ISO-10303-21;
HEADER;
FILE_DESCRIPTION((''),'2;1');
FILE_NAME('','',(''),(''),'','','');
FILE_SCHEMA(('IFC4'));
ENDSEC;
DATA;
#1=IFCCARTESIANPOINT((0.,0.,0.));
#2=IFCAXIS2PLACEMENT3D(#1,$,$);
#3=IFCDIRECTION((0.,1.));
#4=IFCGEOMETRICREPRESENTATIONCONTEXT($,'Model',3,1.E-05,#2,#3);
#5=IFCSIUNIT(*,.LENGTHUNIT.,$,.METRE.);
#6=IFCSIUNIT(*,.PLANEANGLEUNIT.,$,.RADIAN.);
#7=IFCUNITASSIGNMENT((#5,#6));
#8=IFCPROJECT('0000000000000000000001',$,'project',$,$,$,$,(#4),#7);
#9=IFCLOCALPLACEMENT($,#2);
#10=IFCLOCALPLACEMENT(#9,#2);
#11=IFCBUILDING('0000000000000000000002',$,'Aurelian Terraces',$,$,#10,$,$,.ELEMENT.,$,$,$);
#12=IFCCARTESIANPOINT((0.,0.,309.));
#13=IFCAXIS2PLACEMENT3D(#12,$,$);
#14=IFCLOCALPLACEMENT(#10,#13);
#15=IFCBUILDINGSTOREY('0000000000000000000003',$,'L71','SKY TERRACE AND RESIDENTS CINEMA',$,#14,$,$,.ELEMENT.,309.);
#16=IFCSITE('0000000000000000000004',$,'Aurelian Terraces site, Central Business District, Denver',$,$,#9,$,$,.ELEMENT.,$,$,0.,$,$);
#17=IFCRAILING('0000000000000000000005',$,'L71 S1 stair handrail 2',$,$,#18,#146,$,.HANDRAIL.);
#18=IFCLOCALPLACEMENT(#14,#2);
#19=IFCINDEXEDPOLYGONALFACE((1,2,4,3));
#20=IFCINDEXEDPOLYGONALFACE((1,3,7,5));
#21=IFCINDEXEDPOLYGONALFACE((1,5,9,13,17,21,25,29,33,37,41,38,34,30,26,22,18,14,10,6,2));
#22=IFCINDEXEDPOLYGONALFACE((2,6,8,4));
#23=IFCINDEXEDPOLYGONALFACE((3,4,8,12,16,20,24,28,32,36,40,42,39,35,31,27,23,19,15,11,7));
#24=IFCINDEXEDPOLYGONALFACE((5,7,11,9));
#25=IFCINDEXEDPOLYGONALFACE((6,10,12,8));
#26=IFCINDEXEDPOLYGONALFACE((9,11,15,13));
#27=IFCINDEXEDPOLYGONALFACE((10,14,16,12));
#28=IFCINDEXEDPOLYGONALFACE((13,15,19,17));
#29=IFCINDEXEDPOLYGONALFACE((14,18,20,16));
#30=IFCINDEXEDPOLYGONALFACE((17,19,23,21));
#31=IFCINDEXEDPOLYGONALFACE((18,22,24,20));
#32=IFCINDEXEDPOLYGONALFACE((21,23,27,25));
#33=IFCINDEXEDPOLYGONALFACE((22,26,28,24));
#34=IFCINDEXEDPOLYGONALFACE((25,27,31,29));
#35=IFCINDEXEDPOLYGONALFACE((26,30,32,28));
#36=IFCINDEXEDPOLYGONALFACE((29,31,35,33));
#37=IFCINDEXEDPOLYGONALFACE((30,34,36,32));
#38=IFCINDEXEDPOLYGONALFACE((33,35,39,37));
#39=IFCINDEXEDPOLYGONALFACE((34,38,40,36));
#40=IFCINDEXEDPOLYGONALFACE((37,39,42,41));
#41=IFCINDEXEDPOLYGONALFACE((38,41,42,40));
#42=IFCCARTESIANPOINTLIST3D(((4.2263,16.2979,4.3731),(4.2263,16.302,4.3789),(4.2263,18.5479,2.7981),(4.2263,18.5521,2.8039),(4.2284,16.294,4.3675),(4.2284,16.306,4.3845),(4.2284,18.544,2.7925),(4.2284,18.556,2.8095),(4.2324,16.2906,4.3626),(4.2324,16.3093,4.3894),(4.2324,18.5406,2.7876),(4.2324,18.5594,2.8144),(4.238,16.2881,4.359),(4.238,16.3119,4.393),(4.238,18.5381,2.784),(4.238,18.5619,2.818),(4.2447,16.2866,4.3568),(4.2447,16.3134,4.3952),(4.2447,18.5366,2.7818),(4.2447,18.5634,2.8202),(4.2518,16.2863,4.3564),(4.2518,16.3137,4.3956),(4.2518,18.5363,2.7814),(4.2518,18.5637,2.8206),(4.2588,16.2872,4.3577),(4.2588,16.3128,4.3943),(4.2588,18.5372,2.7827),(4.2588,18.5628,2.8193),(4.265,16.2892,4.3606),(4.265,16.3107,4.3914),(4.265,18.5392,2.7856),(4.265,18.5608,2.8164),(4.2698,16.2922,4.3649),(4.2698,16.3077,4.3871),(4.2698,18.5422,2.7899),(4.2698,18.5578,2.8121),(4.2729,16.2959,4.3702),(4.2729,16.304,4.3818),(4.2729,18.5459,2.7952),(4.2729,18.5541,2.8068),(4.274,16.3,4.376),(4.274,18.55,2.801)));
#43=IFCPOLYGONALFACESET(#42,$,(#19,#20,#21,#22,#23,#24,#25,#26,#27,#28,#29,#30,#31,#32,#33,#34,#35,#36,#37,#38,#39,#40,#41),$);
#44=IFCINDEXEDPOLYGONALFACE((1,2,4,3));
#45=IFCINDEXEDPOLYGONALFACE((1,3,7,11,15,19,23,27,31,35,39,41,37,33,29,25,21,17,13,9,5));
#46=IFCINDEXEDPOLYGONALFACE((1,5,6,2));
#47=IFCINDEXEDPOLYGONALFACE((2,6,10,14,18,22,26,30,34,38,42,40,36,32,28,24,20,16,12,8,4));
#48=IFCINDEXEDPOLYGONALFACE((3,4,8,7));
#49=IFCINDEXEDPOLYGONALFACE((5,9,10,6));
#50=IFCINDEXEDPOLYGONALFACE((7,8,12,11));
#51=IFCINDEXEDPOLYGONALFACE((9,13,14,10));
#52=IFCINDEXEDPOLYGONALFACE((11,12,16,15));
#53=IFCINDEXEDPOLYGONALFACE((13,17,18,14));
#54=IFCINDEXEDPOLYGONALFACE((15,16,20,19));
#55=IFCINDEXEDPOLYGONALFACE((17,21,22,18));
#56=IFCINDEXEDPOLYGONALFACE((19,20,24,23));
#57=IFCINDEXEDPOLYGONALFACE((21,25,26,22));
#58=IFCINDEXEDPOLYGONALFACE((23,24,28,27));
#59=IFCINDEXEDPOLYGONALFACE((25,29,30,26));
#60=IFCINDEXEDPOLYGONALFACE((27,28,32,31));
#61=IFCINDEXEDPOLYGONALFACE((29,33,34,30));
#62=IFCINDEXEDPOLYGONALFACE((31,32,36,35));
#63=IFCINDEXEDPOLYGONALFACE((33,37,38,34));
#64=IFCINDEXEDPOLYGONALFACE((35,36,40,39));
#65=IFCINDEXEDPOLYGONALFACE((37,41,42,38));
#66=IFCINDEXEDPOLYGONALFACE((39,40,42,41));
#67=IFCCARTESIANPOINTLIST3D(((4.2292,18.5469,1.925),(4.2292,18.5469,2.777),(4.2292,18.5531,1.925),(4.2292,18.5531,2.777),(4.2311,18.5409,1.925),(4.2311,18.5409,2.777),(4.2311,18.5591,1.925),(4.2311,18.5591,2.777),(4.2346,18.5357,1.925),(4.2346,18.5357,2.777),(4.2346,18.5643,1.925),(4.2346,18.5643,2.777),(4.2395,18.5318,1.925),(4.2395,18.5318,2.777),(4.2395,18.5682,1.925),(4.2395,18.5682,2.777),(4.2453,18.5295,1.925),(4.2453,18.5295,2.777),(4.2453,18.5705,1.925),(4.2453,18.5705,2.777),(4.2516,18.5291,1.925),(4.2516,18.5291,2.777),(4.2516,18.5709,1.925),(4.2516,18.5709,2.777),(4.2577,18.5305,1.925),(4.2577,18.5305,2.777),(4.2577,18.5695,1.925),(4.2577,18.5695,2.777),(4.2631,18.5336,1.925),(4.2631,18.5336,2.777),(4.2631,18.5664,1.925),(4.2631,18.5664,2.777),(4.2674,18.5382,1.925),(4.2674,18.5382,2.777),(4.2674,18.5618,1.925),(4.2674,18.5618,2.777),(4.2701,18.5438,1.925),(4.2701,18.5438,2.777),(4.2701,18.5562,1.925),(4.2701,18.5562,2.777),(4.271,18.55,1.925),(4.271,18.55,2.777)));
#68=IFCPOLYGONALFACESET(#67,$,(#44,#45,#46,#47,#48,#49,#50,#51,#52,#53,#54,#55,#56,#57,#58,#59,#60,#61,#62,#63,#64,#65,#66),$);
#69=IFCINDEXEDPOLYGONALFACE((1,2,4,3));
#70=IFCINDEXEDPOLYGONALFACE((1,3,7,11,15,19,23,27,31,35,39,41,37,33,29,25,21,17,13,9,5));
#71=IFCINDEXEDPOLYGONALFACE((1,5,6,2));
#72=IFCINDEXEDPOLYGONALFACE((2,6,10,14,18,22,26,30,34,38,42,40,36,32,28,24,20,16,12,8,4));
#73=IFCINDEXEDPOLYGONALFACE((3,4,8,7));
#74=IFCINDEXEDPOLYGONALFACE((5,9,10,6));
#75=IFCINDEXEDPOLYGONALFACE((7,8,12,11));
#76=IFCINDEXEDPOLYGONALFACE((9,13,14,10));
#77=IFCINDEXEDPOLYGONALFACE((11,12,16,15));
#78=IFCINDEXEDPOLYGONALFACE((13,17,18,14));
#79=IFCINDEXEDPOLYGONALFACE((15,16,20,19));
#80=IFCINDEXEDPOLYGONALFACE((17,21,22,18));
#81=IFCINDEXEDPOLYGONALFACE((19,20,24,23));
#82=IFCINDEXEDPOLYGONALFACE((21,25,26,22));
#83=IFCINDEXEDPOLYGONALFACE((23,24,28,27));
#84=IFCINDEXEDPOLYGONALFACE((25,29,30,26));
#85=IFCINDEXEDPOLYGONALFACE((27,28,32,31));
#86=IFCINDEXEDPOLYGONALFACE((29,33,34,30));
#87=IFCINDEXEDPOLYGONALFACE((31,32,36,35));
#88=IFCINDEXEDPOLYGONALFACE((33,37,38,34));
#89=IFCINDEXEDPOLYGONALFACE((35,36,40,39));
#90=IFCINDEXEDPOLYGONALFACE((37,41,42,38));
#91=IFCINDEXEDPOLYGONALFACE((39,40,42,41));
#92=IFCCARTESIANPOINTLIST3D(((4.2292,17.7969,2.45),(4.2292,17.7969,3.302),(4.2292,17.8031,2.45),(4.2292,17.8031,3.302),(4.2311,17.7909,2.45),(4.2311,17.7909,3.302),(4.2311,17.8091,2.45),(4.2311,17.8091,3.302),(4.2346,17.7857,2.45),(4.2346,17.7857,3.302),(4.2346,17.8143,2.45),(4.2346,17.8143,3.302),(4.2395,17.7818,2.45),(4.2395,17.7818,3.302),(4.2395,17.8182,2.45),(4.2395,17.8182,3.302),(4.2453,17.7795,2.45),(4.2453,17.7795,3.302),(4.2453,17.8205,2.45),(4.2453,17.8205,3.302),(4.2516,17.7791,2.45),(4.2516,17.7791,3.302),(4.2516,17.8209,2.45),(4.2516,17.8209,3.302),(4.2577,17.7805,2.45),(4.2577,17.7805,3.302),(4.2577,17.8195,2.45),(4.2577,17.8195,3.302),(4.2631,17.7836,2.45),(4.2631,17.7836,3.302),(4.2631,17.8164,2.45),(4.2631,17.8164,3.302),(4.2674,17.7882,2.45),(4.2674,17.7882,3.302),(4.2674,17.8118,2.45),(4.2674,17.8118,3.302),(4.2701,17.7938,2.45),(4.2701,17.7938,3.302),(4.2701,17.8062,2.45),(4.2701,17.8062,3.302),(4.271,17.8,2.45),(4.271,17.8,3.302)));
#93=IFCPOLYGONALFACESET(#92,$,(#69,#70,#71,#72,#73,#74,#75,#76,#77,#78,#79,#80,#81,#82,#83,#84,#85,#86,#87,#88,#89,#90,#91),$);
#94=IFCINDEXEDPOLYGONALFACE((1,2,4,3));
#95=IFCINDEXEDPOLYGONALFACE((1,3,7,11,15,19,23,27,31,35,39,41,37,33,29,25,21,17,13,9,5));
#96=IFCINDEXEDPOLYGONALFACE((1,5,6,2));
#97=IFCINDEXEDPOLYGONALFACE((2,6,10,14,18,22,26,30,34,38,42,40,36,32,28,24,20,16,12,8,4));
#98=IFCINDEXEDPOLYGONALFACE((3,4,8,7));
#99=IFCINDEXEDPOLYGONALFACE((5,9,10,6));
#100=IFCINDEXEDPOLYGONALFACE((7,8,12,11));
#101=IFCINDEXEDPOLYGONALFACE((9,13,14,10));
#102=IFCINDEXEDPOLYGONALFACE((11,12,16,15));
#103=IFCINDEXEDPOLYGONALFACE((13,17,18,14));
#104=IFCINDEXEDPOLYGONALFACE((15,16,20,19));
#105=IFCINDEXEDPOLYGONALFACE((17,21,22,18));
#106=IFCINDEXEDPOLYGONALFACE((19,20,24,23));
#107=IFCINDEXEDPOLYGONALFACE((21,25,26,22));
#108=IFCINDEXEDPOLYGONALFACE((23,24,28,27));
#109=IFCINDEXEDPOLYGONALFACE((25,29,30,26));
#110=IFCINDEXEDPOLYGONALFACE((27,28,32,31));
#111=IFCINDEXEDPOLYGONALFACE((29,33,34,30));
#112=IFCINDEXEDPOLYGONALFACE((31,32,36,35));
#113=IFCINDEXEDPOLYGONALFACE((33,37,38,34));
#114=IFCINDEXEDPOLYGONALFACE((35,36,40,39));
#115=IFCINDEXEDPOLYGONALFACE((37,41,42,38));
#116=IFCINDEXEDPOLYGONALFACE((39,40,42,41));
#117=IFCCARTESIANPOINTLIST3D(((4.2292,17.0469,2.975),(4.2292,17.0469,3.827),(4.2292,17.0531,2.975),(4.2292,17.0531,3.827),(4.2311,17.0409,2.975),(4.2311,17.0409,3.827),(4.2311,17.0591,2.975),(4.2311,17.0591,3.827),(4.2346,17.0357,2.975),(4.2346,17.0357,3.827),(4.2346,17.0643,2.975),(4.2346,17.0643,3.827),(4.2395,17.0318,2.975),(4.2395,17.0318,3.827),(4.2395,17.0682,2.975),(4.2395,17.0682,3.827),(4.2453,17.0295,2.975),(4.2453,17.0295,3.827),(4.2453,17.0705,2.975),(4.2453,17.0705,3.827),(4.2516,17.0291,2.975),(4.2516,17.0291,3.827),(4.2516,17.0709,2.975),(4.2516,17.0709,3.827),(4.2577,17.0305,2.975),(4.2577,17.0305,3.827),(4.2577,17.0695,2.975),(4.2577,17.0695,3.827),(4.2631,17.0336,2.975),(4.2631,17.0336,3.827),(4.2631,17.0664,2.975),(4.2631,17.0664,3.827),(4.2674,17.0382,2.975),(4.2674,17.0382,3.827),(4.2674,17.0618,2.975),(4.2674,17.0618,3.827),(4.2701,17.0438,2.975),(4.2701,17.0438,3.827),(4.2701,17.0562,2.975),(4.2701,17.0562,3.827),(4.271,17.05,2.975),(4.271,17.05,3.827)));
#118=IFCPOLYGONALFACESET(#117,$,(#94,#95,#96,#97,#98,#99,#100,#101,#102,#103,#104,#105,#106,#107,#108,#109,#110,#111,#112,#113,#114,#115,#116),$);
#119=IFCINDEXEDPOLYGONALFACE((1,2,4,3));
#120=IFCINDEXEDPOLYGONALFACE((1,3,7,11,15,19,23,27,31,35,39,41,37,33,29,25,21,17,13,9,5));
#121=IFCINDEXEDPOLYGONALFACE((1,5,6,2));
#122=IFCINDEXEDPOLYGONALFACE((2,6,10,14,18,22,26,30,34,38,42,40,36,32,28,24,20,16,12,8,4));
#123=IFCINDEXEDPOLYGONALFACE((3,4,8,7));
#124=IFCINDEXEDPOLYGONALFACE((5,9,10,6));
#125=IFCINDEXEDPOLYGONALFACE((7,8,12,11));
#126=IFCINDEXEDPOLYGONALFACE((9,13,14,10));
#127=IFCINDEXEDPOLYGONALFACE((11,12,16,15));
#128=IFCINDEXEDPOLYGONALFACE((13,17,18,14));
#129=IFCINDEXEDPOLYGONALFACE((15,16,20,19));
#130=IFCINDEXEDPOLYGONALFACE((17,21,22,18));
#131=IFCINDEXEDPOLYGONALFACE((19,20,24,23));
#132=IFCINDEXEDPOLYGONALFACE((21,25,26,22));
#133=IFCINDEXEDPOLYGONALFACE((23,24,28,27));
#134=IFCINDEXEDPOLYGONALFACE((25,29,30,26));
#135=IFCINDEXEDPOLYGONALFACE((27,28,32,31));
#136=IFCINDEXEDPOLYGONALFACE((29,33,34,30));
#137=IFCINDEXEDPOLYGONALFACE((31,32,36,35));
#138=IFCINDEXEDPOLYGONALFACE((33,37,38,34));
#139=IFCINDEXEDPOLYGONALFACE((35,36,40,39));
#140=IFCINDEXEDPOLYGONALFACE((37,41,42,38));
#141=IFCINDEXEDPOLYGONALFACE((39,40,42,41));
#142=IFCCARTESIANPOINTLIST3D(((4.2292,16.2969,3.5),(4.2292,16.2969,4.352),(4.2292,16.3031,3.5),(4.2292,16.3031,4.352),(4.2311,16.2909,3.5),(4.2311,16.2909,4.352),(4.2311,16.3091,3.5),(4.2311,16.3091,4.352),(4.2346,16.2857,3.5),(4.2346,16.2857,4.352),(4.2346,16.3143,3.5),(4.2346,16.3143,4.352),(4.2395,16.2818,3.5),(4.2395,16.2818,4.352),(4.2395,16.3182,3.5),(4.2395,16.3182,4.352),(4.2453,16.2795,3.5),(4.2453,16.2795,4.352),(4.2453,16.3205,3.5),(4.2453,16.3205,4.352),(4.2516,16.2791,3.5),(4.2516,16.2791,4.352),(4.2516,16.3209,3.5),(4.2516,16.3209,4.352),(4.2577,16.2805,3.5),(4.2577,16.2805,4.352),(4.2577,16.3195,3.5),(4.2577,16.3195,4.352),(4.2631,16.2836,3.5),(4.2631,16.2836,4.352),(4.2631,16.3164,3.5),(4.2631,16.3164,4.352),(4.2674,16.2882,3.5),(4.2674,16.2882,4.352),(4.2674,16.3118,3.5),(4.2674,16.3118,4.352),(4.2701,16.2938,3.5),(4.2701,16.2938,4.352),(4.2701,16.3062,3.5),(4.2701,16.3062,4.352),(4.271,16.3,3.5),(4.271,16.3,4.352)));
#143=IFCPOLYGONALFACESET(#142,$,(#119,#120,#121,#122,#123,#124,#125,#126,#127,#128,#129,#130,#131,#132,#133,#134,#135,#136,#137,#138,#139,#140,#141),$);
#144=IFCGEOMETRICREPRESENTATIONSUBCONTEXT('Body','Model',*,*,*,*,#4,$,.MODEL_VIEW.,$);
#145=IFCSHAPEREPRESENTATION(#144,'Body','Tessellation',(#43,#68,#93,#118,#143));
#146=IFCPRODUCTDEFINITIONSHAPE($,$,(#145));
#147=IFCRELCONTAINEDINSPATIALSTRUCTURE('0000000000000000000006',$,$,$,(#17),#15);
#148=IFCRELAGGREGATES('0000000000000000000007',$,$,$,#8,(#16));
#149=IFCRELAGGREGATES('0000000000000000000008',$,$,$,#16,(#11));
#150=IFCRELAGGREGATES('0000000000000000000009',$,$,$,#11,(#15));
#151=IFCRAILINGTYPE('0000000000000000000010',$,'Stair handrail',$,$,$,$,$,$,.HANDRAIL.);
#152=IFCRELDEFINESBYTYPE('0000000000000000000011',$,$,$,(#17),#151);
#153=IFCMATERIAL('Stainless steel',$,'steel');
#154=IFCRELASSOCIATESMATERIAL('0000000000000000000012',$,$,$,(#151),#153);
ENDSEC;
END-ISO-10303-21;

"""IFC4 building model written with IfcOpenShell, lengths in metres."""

from ifc_helpers import new_model, si_unit, direction, frame, origin, origin_2d, place, context, subcontext, project, spatial, circle, extrude, source, transform, mapped, material, type_object, element, save


model = new_model("IFC4")

# Units and contexts
model_context = context("Model", 3, precision=1e-05, world=origin(), true_north=direction((0.0, 1.0)))
body_context = subcontext(model_context, "Body", "Model", "MODEL_VIEW")
ifc_project = project(units=[si_unit("LENGTHUNIT", "METRE"), si_unit("PLANEANGLEUNIT", "RADIAN")], contexts=[model_context])

# Site, building, storey
site_placement = place(None, origin())
site = spatial("IfcSite", under=ifc_project, at=site_placement, Name="Aurelian Terraces site, Central Business District, Denver", CompositionType="ELEMENT", RefElevation=0.0)
building_placement = place(site_placement, origin())
building = spatial("IfcBuilding", under=site, at=building_placement, Name="Aurelian Terraces", CompositionType="ELEMENT")
storey_placement = place(building_placement, frame((0.0, 0.0, 309.0)))
storey = spatial("IfcBuildingStorey", under=building, at=storey_placement, Name="L71", Description="SKY TERRACE AND RESIDENTS CINEMA", CompositionType="ELEMENT", Elevation=309.0)

# Shared definitions
ifc_material_1 = material(Name="Stainless steel", Category="steel")

# Railing
railing_type_1 = type_object("IfcRailingType", Name="Stair handrail", PredefinedType="HANDRAIL", material=ifc_material_1)
shared_shape_1 = source(origin(), body_context, "Body", "SweptSolid", [
    extrude(circle(Radius=0.024, at=origin_2d()), frame((0.0, 0.0, 0.876), z_axis=(0.0, -0.819232, 0.573462), x_axis=(1.0, 0.0, 0.0)), (0.0, 0.0, 1.0), 2.7465),
    extrude(circle(Radius=0.021, at=origin_2d()), origin(), (0.0, 0.0, 1.0), 0.852),
    extrude(circle(Radius=0.021, at=origin_2d()), frame((0.0, -0.75, 0.525)), (0.0, 0.0, 1.0), 0.852),
    extrude(circle(Radius=0.021, at=origin_2d()), frame((0.0, -1.5, 1.05)), (0.0, 0.0, 1.0), 0.852),
    extrude(circle(Radius=0.021, at=origin_2d()), frame((0.0, -2.25, 1.575)), (0.0, 0.0, 1.0), 0.852),
])
railing_1_placement = place(storey_placement, frame((4.25, 18.55, 1.925)))
element("IfcRailing", 1, at=railing_1_placement, inside=storey, type_object=railing_type_1, Name="L71 S1 stair handrail 2", PredefinedType="HANDRAIL", context=body_context, shape_type="MappedRepresentation", body=[
    mapped(shared_shape_1, transform((0.0, 0.0, 0.0), scale=1.0)),
])

save(model, "model.ifc")
